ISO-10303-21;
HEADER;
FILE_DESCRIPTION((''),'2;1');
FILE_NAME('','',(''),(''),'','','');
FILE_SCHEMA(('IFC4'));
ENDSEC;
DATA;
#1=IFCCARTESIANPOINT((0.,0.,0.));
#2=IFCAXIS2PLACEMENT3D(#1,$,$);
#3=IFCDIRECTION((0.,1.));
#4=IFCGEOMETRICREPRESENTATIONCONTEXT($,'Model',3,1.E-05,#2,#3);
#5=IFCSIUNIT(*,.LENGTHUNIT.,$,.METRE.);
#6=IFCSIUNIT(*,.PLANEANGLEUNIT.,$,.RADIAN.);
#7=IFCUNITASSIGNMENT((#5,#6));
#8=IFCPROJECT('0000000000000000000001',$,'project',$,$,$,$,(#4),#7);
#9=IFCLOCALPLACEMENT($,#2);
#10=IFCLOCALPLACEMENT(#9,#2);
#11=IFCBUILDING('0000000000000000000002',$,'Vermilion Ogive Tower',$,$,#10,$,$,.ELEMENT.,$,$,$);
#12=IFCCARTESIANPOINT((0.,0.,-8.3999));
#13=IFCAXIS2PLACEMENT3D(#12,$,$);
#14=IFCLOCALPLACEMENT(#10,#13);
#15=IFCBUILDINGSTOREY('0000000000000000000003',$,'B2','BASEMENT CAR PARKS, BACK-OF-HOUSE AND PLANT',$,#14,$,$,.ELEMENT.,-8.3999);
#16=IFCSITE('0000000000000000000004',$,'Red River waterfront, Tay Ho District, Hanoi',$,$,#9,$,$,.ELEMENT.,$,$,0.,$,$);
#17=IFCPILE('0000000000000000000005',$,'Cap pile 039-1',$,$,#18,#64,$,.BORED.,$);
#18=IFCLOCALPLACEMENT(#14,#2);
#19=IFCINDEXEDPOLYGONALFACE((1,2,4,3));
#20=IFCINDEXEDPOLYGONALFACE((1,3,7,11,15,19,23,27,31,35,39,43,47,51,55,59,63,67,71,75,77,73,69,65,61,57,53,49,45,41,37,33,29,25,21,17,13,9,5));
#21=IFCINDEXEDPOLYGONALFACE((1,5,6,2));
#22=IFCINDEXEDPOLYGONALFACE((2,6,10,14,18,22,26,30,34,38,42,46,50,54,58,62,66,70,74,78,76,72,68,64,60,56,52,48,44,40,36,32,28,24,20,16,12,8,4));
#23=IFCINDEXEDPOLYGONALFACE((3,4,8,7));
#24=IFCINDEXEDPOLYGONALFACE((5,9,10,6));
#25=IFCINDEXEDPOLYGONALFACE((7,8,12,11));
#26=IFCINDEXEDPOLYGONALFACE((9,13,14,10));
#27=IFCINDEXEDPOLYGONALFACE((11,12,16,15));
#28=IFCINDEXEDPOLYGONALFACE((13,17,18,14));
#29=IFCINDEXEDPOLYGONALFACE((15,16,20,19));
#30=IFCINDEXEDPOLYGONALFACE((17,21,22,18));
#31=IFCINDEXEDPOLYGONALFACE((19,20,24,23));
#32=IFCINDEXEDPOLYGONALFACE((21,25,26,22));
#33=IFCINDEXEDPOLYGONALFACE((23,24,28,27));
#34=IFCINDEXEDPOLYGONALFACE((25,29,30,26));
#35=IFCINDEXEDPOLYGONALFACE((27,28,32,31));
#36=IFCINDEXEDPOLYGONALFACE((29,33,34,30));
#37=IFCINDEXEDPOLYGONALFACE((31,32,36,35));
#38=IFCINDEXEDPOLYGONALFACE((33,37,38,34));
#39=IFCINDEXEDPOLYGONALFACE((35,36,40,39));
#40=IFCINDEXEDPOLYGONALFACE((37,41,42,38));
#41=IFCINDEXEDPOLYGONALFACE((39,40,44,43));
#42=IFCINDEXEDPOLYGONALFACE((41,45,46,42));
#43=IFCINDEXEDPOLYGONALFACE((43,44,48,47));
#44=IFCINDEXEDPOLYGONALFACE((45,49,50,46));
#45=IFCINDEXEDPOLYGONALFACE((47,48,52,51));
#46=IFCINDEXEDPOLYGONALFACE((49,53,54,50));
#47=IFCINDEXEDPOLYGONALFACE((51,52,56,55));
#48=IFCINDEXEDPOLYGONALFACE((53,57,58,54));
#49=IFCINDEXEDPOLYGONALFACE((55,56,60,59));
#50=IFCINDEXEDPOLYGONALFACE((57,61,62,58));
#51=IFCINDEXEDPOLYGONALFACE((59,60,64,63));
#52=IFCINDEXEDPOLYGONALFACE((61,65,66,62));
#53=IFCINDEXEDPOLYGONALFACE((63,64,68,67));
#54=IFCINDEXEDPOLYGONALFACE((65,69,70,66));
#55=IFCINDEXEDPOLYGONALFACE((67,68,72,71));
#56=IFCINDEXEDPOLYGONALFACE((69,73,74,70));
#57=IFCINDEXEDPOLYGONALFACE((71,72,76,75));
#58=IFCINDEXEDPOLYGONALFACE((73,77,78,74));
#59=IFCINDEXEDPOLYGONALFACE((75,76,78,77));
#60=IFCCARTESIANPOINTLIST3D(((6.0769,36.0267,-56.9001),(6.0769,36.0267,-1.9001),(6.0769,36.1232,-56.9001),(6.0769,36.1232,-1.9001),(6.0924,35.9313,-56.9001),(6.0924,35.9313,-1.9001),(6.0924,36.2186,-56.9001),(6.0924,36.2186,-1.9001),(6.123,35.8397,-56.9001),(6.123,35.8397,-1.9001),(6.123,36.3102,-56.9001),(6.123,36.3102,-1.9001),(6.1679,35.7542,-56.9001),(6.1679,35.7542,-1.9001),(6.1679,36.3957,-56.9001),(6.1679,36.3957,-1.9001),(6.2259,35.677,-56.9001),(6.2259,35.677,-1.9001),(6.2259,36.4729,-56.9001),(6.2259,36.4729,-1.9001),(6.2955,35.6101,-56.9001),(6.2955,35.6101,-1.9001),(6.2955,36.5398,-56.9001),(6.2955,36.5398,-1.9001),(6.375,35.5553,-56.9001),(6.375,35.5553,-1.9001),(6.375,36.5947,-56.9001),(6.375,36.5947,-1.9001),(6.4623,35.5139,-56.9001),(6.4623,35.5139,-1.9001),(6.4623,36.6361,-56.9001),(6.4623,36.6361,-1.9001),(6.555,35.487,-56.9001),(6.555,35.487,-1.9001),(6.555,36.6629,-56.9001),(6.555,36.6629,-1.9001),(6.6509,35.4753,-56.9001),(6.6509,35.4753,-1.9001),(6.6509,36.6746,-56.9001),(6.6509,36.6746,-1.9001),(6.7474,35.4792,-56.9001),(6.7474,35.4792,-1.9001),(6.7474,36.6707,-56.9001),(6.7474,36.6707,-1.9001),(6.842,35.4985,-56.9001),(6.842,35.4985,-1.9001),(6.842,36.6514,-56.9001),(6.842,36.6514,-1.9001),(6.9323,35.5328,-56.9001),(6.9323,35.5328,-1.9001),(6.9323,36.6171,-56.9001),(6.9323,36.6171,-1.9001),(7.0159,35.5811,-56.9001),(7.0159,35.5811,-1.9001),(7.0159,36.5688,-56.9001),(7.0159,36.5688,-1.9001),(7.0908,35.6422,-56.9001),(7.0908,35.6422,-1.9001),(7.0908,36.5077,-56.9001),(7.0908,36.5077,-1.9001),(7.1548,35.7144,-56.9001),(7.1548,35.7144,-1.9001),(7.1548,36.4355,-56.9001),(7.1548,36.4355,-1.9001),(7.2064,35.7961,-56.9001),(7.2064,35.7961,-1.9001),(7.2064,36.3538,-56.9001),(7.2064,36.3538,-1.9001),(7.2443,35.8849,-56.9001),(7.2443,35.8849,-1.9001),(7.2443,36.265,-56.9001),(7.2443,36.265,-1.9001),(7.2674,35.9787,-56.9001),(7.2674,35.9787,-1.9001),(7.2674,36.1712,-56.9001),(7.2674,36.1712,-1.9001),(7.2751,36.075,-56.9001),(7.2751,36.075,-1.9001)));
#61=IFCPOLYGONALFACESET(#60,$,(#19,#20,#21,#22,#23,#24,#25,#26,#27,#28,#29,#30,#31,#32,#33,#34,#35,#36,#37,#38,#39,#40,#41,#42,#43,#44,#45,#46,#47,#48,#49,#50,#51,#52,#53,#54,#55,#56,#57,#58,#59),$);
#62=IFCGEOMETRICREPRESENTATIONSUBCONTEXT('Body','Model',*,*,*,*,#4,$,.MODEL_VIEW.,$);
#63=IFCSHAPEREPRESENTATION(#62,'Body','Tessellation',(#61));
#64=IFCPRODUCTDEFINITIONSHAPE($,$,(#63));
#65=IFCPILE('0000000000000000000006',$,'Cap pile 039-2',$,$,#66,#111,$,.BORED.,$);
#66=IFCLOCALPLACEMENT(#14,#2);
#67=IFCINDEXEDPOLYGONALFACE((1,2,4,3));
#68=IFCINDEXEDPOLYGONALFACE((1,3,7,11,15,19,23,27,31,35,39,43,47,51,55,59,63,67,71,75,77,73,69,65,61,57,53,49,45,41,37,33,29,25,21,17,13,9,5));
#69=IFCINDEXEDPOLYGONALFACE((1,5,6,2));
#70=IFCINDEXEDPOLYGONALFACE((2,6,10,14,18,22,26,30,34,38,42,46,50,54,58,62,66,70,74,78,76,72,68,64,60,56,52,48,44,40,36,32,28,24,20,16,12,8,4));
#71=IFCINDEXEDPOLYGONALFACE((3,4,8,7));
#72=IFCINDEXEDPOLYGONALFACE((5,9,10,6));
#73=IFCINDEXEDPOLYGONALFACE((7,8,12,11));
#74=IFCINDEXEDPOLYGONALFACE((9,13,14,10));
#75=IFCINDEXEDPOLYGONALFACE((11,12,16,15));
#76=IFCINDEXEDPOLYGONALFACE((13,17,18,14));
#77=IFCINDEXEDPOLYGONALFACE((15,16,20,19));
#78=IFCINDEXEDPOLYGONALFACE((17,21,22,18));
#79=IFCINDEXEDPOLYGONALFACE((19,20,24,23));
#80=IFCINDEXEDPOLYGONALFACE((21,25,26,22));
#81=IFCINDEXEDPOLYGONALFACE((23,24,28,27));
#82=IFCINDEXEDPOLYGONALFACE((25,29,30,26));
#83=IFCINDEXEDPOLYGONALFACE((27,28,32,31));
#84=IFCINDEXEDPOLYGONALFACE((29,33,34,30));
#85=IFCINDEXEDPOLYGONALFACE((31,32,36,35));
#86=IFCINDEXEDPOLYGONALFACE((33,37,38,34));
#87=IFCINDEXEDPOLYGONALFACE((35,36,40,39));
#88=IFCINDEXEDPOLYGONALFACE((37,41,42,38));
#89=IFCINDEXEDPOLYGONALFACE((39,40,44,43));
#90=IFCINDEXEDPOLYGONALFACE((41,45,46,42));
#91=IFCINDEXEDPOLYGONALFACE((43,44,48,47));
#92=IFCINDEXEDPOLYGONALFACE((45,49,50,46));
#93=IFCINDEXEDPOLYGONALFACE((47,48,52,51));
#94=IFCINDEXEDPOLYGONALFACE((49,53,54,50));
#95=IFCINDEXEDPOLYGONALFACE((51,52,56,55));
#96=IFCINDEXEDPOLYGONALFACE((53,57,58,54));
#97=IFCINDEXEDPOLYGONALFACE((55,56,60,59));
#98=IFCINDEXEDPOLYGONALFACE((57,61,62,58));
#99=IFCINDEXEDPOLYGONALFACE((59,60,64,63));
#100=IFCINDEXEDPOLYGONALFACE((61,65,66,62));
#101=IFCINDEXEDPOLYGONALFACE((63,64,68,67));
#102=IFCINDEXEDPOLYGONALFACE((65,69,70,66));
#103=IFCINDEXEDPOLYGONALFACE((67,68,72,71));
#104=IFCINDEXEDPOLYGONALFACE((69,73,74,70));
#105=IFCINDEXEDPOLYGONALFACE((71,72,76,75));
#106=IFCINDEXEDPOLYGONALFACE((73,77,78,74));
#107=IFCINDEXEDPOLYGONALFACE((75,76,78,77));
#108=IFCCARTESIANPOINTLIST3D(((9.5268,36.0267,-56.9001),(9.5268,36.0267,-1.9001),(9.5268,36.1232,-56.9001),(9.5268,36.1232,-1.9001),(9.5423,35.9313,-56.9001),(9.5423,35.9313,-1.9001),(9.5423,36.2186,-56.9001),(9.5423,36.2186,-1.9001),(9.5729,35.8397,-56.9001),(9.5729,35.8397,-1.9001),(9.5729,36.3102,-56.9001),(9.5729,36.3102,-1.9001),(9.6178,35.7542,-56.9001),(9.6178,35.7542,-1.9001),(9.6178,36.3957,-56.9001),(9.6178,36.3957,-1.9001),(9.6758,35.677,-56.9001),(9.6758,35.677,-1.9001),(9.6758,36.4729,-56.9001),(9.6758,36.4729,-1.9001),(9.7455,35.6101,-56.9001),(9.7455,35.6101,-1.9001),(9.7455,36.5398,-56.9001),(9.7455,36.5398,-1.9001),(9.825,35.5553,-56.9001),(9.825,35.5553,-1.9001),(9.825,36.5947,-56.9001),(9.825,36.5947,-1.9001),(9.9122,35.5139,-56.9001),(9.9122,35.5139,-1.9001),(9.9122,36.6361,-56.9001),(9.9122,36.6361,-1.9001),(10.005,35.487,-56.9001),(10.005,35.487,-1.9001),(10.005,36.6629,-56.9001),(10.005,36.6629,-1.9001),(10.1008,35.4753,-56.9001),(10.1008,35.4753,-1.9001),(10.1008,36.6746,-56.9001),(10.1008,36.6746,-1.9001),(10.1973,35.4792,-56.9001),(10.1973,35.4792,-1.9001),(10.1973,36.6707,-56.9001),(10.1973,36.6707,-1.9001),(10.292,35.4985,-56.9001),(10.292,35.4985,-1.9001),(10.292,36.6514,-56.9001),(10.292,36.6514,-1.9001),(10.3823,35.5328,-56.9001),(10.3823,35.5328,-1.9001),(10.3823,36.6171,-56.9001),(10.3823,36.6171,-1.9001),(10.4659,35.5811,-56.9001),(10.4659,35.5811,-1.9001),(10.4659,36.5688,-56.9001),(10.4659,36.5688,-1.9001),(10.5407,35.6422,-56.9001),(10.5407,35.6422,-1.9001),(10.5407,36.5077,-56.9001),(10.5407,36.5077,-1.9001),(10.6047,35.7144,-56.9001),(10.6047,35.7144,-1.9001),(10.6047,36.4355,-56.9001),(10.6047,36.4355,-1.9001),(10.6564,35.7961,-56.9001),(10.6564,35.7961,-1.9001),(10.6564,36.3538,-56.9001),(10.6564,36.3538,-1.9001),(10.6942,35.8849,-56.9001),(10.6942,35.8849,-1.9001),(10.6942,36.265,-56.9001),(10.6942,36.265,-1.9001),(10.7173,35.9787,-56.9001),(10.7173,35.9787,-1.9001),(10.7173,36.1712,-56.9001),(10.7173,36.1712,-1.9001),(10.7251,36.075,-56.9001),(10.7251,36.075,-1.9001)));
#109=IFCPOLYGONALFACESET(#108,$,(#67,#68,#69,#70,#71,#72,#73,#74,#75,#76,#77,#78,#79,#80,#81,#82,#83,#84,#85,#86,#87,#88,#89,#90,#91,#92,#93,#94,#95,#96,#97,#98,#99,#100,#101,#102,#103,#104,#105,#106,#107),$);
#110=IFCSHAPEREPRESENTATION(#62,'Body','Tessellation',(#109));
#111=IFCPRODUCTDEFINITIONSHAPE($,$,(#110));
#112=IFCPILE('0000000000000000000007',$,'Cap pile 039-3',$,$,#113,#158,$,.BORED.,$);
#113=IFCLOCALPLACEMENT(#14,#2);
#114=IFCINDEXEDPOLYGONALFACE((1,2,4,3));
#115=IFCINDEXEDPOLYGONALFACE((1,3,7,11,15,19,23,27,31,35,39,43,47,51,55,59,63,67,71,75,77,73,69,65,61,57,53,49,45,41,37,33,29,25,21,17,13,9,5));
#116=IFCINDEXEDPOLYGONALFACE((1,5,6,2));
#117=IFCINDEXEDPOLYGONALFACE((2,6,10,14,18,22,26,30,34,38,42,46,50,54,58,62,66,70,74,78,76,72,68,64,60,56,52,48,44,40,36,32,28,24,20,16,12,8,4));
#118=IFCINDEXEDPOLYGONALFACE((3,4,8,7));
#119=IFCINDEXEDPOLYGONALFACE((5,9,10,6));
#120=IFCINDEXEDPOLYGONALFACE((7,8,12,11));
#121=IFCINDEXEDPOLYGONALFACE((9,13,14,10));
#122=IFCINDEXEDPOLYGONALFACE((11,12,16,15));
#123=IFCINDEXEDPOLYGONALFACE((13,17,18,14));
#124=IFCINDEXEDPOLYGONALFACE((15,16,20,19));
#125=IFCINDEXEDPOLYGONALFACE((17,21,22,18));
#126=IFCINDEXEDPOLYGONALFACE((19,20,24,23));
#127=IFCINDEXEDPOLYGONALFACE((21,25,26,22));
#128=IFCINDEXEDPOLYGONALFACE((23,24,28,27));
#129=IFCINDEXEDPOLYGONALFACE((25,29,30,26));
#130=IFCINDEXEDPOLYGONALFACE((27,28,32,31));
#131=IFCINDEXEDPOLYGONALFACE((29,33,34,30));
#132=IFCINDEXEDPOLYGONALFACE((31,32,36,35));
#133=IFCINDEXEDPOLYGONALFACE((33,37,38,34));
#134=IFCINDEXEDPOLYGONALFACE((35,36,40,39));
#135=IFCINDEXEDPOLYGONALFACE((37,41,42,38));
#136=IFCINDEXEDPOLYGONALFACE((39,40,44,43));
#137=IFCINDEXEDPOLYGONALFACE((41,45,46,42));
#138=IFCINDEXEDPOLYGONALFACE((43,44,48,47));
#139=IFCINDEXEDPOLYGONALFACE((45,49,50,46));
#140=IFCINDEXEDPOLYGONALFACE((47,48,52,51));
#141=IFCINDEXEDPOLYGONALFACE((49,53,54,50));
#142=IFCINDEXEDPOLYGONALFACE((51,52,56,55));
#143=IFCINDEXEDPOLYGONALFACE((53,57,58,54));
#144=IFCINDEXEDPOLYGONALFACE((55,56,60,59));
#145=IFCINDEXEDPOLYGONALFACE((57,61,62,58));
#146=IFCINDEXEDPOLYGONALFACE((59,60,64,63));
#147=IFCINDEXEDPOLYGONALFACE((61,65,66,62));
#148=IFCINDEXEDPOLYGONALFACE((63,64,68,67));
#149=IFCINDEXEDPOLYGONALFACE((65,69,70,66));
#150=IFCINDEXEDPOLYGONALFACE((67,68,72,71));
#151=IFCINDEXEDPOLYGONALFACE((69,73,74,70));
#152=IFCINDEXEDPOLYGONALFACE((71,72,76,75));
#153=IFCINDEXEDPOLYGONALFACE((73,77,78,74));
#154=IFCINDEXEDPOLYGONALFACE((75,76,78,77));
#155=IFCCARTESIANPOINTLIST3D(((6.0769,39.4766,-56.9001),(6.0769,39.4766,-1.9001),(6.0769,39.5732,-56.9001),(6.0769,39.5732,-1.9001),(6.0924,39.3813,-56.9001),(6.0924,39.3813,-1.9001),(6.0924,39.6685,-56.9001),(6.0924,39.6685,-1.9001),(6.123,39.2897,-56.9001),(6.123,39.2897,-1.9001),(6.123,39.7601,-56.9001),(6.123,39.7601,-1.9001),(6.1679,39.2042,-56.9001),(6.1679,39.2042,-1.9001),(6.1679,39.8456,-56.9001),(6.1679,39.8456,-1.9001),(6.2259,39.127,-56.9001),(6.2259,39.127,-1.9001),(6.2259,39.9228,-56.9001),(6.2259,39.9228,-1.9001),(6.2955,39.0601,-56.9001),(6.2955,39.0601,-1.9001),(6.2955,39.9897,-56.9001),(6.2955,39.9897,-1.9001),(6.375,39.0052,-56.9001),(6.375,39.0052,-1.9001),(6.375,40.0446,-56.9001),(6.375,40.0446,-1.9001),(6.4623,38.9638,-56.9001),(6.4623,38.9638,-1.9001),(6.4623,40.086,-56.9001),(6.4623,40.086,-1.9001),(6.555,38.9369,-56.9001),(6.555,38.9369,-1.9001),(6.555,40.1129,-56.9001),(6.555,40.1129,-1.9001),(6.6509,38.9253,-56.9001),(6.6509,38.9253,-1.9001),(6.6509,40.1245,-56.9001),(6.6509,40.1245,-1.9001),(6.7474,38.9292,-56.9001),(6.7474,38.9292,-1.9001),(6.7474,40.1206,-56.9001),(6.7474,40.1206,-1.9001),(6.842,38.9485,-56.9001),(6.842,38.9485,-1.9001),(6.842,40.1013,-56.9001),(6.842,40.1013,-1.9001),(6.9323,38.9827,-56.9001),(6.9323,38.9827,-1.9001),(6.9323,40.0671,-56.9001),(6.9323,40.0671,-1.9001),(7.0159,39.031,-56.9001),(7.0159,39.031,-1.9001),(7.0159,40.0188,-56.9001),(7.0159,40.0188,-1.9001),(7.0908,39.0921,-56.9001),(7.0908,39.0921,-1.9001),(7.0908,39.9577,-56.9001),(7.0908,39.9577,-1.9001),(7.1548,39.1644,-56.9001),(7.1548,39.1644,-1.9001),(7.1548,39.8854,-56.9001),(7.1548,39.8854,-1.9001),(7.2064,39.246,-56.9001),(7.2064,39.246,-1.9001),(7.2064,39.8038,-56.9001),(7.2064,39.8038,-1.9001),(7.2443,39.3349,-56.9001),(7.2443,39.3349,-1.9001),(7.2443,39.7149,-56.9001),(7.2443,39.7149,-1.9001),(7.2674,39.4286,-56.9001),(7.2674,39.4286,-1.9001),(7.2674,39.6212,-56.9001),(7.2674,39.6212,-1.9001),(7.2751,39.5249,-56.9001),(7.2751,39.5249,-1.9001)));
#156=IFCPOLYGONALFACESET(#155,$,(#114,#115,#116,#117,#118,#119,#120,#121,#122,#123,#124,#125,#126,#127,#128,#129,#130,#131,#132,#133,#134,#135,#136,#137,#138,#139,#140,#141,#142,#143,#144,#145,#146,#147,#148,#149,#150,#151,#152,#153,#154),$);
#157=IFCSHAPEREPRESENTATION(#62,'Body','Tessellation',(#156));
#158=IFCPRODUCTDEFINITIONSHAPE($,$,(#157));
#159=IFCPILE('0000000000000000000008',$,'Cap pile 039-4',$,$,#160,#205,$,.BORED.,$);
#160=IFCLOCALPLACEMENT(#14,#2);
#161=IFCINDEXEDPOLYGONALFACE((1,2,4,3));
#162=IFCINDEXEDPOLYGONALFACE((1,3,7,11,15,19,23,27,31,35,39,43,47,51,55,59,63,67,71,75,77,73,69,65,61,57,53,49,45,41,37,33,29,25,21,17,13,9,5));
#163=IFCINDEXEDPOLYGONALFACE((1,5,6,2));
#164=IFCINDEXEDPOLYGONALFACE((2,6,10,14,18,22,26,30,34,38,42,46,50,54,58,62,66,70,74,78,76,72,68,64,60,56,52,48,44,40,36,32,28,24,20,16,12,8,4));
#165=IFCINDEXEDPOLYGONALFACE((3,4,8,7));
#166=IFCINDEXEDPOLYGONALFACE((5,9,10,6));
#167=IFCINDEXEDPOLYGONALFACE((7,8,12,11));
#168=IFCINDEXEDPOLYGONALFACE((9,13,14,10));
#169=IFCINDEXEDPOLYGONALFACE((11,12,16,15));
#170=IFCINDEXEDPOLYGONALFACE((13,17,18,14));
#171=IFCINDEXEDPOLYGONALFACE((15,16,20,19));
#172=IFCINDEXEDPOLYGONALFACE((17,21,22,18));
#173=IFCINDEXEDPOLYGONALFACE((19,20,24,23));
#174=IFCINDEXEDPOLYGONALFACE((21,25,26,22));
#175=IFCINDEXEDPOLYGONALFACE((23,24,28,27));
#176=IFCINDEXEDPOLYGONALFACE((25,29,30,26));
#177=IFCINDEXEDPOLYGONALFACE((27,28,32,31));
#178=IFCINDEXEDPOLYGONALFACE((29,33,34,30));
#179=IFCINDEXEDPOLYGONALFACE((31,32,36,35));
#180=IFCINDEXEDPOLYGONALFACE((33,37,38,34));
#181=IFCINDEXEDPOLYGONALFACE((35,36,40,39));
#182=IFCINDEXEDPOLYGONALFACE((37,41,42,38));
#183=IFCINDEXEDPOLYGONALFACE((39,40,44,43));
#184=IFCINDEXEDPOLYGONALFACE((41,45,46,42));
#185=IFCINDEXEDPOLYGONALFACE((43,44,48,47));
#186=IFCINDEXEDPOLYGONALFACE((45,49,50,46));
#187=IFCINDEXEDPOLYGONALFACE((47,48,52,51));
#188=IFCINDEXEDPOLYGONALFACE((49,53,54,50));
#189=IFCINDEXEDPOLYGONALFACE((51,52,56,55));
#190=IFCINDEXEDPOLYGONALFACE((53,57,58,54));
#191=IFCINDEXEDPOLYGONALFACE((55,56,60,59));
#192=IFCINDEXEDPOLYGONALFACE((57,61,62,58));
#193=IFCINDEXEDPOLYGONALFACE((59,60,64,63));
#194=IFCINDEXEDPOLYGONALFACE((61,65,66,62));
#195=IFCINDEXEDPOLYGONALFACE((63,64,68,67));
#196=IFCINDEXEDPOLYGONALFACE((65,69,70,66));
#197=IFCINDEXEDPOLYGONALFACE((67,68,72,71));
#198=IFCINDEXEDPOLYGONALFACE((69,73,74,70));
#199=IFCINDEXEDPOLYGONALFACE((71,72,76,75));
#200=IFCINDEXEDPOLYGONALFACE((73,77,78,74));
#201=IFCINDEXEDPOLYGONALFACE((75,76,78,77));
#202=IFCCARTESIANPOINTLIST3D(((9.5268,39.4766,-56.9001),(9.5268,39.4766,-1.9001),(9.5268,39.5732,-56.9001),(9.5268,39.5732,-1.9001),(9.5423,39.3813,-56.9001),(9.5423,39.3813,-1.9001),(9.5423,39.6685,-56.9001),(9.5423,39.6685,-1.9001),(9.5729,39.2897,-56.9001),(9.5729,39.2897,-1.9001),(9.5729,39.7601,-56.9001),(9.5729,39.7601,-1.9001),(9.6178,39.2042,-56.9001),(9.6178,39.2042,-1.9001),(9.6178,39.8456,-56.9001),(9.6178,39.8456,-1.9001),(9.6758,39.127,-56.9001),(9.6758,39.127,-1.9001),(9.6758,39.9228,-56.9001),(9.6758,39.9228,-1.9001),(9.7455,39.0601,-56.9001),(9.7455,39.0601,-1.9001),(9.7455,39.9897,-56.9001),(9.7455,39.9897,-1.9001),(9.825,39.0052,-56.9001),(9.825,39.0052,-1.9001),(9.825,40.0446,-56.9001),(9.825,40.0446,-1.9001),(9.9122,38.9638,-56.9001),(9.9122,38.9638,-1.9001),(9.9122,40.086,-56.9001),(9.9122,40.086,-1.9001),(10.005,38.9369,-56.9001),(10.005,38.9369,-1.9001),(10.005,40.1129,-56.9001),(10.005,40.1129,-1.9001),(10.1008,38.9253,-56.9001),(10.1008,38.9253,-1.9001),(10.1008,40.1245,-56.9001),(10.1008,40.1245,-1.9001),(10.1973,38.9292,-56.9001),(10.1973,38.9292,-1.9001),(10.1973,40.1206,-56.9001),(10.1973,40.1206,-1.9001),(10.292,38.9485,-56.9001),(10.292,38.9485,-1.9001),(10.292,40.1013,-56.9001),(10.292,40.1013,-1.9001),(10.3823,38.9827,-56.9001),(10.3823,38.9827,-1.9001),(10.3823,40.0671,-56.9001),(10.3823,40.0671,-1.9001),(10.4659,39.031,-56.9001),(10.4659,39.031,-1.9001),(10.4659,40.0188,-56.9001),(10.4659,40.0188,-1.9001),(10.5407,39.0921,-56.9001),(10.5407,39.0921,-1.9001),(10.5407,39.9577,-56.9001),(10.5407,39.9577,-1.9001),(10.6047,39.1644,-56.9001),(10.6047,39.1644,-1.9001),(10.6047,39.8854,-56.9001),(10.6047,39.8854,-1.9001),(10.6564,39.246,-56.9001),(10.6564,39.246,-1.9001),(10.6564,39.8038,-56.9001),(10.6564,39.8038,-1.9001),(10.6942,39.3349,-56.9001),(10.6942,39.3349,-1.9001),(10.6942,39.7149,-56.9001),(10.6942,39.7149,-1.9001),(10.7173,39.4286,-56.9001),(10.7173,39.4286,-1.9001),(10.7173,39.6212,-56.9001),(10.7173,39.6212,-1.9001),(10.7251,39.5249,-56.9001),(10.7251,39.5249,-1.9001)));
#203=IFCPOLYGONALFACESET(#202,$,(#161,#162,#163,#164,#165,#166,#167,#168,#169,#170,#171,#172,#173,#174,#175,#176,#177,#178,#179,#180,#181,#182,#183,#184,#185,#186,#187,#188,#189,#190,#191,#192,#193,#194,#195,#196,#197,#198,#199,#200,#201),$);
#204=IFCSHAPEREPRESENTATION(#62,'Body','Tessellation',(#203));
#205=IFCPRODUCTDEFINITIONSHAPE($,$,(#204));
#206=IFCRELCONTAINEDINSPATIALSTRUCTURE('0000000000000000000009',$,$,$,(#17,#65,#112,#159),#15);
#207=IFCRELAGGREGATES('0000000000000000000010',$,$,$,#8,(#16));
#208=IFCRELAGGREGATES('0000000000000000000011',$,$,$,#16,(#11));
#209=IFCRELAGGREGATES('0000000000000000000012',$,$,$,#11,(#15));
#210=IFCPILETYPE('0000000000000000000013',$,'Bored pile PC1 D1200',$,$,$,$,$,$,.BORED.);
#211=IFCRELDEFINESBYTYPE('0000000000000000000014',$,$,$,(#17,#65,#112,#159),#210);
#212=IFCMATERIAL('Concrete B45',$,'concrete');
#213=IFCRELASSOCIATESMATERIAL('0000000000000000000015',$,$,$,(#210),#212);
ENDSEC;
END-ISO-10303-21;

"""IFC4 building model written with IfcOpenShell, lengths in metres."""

from ifc_helpers import new_model, si_unit, direction, frame, origin, origin_2d, place, context, subcontext, project, spatial, circle, extrude, material, type_object, element, save


model = new_model("IFC4")

# Units and contexts
model_context = context("Model", 3, precision=1e-05, world=origin(), true_north=direction((0.0, 1.0)))
body_context = subcontext(model_context, "Body", "Model", "MODEL_VIEW")
ifc_project = project(units=[si_unit("LENGTHUNIT", "METRE"), si_unit("PLANEANGLEUNIT", "RADIAN")], contexts=[model_context])

# Site, building, storey
site_placement = place(None, origin())
site = spatial("IfcSite", under=ifc_project, at=site_placement, Name="Red River waterfront, Tay Ho District, Hanoi", CompositionType="ELEMENT", RefElevation=0.0)
building_placement = place(site_placement, origin())
building = spatial("IfcBuilding", under=site, at=building_placement, Name="Vermilion Ogive Tower", CompositionType="ELEMENT")
storey_placement = place(building_placement, frame((0.0, 0.0, -8.3999)))
storey = spatial("IfcBuildingStorey", under=building, at=storey_placement, Name="B2", Description="BASEMENT CAR PARKS, BACK-OF-HOUSE AND PLANT", CompositionType="ELEMENT", Elevation=-8.3999)

# Piles
ifc_material_1 = material(Name="Concrete B45", Category="concrete")
pile_type = type_object("IfcPileType", Name="Bored pile PC1 D1200", PredefinedType="BORED", material=ifc_material_1)
for number, where, z_axis, x_axis, name in (
    (1, (6.675, 36.075, -1.9001), (0.0, 0.0, -1.0), (1.0, 0.0, 0.0), "Cap pile 039-1"),
    (2, (10.125, 36.075, -1.9001), (0.0, 0.0, -1.0), (1.0, 0.0, 0.0), "Cap pile 039-2"),
    (3, (6.675, 39.5249, -1.9001), (0.0, 0.0, -1.0), (1.0, 0.0, 0.0), "Cap pile 039-3"),
    (4, (10.125, 39.5249, -1.9001), (0.0, 0.0, -1.0), (1.0, 0.0, 0.0), "Cap pile 039-4"),
):
    element("IfcPile", number, at=place(storey_placement, frame(where, z_axis=z_axis, x_axis=x_axis)), inside=storey, type_object=pile_type, Name=name, PredefinedType="BORED", context=body_context, shape_type="SweptSolid", body=[
        extrude(circle(Radius=0.6001, at=origin_2d()), origin(), (0.0, 0.0, 1.0), 55.0),
    ])

save(model, "model.ifc")
